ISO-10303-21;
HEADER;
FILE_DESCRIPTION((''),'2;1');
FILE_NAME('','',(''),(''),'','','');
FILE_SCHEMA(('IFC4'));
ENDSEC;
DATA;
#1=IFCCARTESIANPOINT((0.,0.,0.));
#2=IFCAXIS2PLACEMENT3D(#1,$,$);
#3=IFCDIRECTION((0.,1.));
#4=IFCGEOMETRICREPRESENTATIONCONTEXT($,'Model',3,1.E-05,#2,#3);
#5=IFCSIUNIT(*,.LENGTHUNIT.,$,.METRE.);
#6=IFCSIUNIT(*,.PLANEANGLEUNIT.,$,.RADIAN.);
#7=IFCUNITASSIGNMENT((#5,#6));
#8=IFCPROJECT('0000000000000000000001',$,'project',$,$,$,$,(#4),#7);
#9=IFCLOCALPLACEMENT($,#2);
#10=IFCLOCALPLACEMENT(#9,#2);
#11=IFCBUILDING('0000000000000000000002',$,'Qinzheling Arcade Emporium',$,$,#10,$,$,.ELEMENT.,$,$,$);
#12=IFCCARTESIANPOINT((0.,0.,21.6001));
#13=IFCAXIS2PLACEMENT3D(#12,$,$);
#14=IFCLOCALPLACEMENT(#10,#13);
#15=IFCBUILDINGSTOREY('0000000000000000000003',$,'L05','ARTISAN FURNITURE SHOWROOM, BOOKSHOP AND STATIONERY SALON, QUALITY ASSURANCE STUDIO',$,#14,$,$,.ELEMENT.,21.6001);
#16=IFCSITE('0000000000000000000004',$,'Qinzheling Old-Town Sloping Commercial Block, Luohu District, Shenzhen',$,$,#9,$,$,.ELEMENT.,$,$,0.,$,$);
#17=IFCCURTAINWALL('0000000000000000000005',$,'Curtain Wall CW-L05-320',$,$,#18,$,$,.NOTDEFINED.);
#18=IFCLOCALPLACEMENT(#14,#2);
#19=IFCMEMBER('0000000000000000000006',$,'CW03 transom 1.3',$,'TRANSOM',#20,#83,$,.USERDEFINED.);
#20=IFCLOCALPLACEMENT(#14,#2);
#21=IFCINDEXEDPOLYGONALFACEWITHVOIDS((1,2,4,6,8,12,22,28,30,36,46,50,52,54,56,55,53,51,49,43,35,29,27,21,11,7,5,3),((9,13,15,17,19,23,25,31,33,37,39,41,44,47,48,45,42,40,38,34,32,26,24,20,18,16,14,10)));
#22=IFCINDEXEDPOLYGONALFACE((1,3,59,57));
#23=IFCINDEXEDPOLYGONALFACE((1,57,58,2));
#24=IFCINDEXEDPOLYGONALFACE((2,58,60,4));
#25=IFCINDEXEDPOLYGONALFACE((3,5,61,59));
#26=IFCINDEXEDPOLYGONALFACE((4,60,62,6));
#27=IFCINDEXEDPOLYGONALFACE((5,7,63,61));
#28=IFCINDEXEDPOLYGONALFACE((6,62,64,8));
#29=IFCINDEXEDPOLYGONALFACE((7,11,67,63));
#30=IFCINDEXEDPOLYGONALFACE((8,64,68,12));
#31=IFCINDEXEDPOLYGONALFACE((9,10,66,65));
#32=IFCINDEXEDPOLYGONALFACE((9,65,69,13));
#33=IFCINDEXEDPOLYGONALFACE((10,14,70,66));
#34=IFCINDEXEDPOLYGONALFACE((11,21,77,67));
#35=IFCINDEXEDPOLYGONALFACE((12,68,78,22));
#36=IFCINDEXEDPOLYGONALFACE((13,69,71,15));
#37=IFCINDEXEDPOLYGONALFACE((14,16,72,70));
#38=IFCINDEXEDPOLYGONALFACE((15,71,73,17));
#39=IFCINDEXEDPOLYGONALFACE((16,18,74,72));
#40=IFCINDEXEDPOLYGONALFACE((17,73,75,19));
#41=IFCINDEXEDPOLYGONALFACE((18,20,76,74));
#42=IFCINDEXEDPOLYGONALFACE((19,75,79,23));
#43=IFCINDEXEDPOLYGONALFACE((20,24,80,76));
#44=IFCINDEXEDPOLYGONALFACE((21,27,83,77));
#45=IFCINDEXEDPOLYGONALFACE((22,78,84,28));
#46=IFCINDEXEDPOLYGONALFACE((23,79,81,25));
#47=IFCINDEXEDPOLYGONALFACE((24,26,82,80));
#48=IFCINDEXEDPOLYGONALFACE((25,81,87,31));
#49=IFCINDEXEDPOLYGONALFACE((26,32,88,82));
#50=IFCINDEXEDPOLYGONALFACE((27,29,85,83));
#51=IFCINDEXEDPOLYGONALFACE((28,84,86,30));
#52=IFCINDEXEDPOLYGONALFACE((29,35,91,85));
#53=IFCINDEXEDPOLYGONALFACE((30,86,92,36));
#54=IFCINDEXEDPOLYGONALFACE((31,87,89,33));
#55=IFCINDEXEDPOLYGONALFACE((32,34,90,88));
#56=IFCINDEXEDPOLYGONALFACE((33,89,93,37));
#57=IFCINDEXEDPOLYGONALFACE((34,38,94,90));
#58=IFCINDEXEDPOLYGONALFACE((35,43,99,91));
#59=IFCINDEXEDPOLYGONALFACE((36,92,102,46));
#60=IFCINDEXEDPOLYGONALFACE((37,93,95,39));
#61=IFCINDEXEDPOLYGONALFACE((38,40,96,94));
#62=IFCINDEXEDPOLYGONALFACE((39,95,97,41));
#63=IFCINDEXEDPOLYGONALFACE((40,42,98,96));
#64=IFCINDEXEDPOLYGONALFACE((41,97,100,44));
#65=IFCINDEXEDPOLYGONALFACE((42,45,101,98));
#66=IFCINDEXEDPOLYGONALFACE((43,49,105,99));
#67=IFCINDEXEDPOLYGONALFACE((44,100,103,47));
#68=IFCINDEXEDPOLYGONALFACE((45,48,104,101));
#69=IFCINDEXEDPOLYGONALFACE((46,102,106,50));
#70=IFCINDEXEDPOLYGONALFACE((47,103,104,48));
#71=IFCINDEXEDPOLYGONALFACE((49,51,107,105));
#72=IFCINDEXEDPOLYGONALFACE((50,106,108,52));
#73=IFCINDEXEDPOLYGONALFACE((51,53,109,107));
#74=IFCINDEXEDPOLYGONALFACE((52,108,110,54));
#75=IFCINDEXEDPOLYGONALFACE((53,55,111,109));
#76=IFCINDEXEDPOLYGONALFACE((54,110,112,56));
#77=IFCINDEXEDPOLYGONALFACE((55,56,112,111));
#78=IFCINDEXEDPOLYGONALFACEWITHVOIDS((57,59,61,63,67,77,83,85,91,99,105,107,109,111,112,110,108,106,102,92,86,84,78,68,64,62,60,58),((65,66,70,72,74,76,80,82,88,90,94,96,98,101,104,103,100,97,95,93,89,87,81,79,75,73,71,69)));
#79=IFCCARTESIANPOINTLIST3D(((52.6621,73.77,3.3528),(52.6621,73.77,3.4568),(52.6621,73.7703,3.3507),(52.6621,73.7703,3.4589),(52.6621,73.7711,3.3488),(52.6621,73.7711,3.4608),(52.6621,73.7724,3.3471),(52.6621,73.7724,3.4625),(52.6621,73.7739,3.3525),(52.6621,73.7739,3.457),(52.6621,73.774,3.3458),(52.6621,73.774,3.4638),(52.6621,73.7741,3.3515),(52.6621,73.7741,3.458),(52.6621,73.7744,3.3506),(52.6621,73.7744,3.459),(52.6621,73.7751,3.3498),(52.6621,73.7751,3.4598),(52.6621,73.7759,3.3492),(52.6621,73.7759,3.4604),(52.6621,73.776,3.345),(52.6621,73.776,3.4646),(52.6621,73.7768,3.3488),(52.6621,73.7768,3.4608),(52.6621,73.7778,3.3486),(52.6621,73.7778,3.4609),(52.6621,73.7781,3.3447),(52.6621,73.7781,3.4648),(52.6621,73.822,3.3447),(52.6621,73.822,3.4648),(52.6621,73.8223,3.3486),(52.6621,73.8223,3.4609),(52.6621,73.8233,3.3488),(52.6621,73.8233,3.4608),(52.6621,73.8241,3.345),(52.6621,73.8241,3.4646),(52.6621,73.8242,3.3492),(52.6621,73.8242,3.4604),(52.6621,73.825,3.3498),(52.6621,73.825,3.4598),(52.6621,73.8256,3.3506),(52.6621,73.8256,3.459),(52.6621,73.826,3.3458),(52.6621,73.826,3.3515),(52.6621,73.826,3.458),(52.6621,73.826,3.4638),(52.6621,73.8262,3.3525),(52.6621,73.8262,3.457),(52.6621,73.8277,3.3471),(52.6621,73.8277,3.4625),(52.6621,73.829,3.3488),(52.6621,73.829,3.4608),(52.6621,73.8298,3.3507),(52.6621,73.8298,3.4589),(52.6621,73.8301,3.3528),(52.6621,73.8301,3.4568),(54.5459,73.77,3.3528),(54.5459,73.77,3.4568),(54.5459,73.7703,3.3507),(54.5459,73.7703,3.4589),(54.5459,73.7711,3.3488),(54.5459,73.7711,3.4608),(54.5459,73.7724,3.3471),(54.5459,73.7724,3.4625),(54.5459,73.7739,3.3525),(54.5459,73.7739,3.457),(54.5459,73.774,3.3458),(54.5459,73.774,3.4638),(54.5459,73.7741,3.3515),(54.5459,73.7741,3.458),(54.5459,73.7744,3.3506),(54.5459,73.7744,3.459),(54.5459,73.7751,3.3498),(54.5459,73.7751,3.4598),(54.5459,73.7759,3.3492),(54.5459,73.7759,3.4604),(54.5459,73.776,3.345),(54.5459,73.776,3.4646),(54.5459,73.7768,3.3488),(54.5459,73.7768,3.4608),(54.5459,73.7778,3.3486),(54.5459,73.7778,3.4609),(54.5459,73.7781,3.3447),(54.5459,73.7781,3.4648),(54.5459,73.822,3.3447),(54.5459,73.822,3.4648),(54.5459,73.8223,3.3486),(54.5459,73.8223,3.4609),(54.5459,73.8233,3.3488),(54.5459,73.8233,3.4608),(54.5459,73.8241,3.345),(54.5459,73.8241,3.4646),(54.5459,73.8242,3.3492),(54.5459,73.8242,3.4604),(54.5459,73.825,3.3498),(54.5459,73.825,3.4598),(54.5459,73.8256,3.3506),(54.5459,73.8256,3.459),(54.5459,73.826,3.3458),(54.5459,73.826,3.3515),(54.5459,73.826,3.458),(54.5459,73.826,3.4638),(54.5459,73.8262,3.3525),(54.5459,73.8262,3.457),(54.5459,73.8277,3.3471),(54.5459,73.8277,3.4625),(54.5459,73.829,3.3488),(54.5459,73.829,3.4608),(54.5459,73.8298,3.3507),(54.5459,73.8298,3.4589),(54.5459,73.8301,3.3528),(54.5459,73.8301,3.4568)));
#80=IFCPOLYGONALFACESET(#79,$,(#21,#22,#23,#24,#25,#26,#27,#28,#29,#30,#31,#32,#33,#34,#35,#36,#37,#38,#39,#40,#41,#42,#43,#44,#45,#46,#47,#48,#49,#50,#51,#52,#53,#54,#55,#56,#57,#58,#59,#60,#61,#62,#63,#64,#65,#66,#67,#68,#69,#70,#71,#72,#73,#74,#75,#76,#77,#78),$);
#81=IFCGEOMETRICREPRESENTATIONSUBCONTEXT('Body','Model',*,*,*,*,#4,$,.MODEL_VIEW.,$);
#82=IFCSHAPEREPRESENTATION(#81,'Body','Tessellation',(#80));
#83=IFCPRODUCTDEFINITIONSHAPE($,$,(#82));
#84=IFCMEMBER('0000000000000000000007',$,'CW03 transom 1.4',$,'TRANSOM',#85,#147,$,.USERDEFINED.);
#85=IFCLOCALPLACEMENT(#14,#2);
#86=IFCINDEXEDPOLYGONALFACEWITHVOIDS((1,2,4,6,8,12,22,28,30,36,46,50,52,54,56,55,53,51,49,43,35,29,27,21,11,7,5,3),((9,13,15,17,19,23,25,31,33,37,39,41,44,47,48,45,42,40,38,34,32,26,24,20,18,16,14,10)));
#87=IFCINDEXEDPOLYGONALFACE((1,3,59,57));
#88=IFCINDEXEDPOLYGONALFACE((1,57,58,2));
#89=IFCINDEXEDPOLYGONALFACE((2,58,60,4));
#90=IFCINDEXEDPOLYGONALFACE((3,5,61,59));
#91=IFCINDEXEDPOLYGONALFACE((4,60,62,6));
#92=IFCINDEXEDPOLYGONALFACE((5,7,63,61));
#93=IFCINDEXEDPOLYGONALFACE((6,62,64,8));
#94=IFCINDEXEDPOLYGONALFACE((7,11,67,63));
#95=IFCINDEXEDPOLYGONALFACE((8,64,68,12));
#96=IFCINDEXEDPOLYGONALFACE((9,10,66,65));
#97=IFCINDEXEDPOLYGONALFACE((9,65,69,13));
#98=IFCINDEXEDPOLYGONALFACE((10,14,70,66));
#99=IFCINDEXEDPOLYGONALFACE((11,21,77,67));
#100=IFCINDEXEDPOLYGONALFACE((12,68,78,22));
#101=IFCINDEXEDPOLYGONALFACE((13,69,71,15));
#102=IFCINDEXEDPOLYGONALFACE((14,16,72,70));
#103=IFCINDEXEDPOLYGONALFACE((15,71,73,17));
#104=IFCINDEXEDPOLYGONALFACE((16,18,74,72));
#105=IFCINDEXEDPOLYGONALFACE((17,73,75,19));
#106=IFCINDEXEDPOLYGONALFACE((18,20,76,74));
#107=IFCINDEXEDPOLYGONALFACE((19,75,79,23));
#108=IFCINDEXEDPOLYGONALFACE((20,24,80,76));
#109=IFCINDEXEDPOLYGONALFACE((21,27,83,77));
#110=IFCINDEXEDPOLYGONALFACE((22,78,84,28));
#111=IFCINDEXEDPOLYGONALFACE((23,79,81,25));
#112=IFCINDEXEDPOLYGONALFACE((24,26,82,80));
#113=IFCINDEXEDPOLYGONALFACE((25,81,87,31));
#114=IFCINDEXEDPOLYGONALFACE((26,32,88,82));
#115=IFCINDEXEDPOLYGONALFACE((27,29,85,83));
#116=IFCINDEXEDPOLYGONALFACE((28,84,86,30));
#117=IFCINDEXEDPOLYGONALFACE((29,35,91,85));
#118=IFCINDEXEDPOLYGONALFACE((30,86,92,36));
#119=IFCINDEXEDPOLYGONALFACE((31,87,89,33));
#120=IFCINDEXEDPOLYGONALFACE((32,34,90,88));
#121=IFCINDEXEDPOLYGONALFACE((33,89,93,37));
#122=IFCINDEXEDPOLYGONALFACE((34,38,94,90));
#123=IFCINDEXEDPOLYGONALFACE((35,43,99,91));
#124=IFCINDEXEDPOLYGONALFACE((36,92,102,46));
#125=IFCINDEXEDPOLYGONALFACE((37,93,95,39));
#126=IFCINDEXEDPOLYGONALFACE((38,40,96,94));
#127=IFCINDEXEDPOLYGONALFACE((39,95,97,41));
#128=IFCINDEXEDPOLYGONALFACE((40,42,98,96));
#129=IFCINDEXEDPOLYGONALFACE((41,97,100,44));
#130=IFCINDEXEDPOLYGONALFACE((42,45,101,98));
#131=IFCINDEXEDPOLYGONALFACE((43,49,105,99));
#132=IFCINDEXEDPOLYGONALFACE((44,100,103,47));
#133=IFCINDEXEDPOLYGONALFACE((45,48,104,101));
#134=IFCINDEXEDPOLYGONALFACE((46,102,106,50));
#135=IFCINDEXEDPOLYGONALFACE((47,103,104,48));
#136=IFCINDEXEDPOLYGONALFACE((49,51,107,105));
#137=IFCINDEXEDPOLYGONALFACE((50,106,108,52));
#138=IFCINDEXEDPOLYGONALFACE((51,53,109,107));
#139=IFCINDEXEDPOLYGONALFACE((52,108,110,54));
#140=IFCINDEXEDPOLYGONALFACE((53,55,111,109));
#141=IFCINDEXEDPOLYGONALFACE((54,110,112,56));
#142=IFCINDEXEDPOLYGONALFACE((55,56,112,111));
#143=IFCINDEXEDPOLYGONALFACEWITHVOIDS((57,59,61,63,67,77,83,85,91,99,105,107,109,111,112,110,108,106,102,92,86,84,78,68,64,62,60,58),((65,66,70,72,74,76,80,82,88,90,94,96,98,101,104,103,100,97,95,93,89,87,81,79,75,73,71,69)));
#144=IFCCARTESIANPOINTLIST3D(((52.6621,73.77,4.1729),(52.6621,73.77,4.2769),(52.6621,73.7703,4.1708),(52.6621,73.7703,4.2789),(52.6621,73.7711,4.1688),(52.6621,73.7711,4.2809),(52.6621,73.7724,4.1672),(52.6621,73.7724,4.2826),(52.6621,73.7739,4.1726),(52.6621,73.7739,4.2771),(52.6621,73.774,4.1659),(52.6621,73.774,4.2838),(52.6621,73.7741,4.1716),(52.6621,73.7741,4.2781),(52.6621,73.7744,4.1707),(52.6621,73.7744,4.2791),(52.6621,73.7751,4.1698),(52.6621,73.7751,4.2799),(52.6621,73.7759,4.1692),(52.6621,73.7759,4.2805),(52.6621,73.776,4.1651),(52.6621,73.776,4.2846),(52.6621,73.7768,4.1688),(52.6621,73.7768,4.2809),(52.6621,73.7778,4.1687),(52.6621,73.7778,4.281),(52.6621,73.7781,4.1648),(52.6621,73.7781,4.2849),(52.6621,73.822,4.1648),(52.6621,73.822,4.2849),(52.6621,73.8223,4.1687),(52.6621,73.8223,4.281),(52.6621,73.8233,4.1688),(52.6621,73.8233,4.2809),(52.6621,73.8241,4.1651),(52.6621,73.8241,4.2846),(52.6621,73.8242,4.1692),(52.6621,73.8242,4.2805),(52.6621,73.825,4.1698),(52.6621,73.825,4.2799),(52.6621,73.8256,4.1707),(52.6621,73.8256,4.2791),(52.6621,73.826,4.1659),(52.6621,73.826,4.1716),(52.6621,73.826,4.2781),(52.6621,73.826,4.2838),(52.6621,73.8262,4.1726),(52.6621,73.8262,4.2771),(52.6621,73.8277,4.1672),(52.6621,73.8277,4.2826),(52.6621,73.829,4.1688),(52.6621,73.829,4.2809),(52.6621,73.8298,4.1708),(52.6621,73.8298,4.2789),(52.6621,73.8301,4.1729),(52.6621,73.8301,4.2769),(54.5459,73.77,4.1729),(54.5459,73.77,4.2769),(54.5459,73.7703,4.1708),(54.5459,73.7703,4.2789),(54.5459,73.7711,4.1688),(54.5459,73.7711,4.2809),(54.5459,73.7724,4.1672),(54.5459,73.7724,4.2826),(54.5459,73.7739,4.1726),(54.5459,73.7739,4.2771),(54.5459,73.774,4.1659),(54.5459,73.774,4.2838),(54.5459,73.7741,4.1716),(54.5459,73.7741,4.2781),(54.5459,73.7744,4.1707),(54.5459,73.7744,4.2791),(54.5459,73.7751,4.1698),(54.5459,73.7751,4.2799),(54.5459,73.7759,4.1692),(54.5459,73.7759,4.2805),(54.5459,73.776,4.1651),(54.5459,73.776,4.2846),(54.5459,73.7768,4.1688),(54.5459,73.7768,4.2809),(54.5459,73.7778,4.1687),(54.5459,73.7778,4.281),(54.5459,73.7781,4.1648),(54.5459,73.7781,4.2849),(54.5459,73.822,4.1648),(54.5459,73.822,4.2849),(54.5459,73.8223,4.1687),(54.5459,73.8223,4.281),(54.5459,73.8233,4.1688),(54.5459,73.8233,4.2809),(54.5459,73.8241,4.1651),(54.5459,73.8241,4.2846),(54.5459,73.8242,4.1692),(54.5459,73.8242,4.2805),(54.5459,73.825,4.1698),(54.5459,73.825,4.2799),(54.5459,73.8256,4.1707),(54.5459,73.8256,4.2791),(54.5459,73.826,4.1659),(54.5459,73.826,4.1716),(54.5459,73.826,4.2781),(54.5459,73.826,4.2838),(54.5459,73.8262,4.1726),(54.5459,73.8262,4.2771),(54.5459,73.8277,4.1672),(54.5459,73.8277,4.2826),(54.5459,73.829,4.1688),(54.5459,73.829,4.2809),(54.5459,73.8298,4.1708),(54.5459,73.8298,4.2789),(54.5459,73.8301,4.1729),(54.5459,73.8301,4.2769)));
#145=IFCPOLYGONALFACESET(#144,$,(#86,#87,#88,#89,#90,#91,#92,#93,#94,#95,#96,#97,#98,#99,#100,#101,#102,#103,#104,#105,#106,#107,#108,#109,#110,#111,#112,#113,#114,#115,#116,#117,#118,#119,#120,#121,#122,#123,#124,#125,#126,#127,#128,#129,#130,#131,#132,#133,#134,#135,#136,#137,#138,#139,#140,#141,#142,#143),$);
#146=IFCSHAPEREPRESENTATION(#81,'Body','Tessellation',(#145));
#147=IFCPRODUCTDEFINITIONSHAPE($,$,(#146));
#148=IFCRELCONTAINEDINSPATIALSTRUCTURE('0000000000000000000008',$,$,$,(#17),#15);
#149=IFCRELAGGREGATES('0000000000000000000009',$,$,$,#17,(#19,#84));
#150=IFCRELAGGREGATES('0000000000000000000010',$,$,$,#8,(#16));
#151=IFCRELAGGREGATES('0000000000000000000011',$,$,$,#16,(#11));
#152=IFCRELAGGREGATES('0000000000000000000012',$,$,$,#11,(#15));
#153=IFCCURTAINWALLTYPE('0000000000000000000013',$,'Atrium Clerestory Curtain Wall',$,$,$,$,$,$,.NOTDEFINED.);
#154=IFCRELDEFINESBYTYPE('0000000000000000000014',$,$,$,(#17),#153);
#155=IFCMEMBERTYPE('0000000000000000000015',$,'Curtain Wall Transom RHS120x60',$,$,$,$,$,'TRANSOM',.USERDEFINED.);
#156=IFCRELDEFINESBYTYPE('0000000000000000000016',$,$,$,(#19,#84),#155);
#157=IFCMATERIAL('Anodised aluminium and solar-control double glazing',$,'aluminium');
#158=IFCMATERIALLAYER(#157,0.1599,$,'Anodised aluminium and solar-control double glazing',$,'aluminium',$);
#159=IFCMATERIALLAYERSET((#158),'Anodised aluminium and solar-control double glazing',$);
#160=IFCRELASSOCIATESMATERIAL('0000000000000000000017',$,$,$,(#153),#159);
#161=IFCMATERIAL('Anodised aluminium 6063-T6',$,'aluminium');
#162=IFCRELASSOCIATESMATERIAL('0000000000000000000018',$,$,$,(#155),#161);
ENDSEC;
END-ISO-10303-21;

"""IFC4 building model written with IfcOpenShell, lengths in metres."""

from ifc_helpers import new_model, si_unit, direction, frame, origin, origin_2d, place, context, subcontext, project, spatial, hollow_rectangle, extrude, material, layer, layer_set, material_profile, profile_set, type_object, element, aggregate, save


model = new_model("IFC4")

# Units and contexts
model_context = context("Model", 3, precision=1e-05, world=origin(), true_north=direction((0.0, 1.0)))
body_context = subcontext(model_context, "Body", "Model", "MODEL_VIEW")
ifc_project = project(units=[si_unit("LENGTHUNIT", "METRE"), si_unit("PLANEANGLEUNIT", "RADIAN")], contexts=[model_context])

# Site, building, storey
site_placement = place(None, origin())
site = spatial("IfcSite", under=ifc_project, at=site_placement, Name="Qinzheling Old-Town Sloping Commercial Block, Luohu District, Shenzhen", CompositionType="ELEMENT", RefElevation=0.0)
building_placement = place(site_placement, origin())
building = spatial("IfcBuilding", under=site, at=building_placement, Name="Qinzheling Arcade Emporium", CompositionType="ELEMENT")
storey_placement = place(building_placement, frame((0.0, 0.0, 21.6001)))
storey = spatial("IfcBuildingStorey", under=building, at=storey_placement, Name="L05", Description="ARTISAN FURNITURE SHOWROOM, BOOKSHOP AND STATIONERY SALON, QUALITY ASSURANCE STUDIO", CompositionType="ELEMENT", Elevation=21.6001)

# Curtain wall, members
ifc_material_1 = material(Name="Anodised aluminium and solar-control double glazing", Category="aluminium")
ifc_layer_1 = layer(ifc_material_1, 0.1599, Name="Anodised aluminium and solar-control double glazing", Category="aluminium")
ifc_layer_set_1 = layer_set([ifc_layer_1], Name="Anodised aluminium and solar-control double glazing")
curtain_wall_type = type_object("IfcCurtainWallType", Name="Atrium Clerestory Curtain Wall", PredefinedType="NOTDEFINED", material=ifc_layer_set_1)
curtain_wall_placement = place(storey_placement, origin())
curtain_wall = element("IfcCurtainWall", 1, at=curtain_wall_placement, inside=storey, type_object=curtain_wall_type, Name="Curtain Wall CW-L05-320", PredefinedType="NOTDEFINED")
ifc_material_2 = material(Name="Anodised aluminium 6063-T6", Category="aluminium")
ifc_material_profile_1 = material_profile(ifc_material_2, hollow_rectangle(XDim=0.0601, YDim=0.1201, WallThickness=0.0039, InnerFilletRadius=0.0039, OuterFilletRadius=0.0081, at=origin_2d()), Name="RHS 120x60x4", Category="aluminium")
ifc_profile_set_1 = profile_set([ifc_material_profile_1], Name="Anodised aluminium 6063-T6")
member_type_1 = type_object("IfcMemberType", Name="Curtain Wall Transom RHS120x60", ElementType="TRANSOM", PredefinedType="USERDEFINED", material=ifc_profile_set_1)
member_1_placement = place(storey_placement, frame((52.6621, 73.8, 3.4048), z_axis=(1.0, 0.0, 0.0), x_axis=(0.0, 1.0, 0.0)))
member_1 = element("IfcMember", 2, at=member_1_placement, type_object=member_type_1, Name="CW03 transom 1.3", ObjectType="TRANSOM", PredefinedType="USERDEFINED", context=body_context, shape_type="SweptSolid", body=[
    extrude(hollow_rectangle(XDim=0.0601, YDim=0.1201, WallThickness=0.0039, InnerFilletRadius=0.0039, OuterFilletRadius=0.0081, at=origin_2d()), origin(), (0.0, 0.0, 1.0), 1.8838),
])
member_2_placement = place(storey_placement, frame((52.6621, 73.8, 4.2249), z_axis=(1.0, 0.0, 0.0), x_axis=(0.0, 1.0, 0.0)))
member_2 = element("IfcMember", 3, at=member_2_placement, type_object=member_type_1, Name="CW03 transom 1.4", ObjectType="TRANSOM", PredefinedType="USERDEFINED", context=body_context, shape_type="SweptSolid", body=[
    extrude(hollow_rectangle(XDim=0.0601, YDim=0.1201, WallThickness=0.0039, InnerFilletRadius=0.0039, OuterFilletRadius=0.0081, at=origin_2d()), origin(), (0.0, 0.0, 1.0), 1.8838),
])

aggregate(curtain_wall, [member_1, member_2])

save(model, "model.ifc")
